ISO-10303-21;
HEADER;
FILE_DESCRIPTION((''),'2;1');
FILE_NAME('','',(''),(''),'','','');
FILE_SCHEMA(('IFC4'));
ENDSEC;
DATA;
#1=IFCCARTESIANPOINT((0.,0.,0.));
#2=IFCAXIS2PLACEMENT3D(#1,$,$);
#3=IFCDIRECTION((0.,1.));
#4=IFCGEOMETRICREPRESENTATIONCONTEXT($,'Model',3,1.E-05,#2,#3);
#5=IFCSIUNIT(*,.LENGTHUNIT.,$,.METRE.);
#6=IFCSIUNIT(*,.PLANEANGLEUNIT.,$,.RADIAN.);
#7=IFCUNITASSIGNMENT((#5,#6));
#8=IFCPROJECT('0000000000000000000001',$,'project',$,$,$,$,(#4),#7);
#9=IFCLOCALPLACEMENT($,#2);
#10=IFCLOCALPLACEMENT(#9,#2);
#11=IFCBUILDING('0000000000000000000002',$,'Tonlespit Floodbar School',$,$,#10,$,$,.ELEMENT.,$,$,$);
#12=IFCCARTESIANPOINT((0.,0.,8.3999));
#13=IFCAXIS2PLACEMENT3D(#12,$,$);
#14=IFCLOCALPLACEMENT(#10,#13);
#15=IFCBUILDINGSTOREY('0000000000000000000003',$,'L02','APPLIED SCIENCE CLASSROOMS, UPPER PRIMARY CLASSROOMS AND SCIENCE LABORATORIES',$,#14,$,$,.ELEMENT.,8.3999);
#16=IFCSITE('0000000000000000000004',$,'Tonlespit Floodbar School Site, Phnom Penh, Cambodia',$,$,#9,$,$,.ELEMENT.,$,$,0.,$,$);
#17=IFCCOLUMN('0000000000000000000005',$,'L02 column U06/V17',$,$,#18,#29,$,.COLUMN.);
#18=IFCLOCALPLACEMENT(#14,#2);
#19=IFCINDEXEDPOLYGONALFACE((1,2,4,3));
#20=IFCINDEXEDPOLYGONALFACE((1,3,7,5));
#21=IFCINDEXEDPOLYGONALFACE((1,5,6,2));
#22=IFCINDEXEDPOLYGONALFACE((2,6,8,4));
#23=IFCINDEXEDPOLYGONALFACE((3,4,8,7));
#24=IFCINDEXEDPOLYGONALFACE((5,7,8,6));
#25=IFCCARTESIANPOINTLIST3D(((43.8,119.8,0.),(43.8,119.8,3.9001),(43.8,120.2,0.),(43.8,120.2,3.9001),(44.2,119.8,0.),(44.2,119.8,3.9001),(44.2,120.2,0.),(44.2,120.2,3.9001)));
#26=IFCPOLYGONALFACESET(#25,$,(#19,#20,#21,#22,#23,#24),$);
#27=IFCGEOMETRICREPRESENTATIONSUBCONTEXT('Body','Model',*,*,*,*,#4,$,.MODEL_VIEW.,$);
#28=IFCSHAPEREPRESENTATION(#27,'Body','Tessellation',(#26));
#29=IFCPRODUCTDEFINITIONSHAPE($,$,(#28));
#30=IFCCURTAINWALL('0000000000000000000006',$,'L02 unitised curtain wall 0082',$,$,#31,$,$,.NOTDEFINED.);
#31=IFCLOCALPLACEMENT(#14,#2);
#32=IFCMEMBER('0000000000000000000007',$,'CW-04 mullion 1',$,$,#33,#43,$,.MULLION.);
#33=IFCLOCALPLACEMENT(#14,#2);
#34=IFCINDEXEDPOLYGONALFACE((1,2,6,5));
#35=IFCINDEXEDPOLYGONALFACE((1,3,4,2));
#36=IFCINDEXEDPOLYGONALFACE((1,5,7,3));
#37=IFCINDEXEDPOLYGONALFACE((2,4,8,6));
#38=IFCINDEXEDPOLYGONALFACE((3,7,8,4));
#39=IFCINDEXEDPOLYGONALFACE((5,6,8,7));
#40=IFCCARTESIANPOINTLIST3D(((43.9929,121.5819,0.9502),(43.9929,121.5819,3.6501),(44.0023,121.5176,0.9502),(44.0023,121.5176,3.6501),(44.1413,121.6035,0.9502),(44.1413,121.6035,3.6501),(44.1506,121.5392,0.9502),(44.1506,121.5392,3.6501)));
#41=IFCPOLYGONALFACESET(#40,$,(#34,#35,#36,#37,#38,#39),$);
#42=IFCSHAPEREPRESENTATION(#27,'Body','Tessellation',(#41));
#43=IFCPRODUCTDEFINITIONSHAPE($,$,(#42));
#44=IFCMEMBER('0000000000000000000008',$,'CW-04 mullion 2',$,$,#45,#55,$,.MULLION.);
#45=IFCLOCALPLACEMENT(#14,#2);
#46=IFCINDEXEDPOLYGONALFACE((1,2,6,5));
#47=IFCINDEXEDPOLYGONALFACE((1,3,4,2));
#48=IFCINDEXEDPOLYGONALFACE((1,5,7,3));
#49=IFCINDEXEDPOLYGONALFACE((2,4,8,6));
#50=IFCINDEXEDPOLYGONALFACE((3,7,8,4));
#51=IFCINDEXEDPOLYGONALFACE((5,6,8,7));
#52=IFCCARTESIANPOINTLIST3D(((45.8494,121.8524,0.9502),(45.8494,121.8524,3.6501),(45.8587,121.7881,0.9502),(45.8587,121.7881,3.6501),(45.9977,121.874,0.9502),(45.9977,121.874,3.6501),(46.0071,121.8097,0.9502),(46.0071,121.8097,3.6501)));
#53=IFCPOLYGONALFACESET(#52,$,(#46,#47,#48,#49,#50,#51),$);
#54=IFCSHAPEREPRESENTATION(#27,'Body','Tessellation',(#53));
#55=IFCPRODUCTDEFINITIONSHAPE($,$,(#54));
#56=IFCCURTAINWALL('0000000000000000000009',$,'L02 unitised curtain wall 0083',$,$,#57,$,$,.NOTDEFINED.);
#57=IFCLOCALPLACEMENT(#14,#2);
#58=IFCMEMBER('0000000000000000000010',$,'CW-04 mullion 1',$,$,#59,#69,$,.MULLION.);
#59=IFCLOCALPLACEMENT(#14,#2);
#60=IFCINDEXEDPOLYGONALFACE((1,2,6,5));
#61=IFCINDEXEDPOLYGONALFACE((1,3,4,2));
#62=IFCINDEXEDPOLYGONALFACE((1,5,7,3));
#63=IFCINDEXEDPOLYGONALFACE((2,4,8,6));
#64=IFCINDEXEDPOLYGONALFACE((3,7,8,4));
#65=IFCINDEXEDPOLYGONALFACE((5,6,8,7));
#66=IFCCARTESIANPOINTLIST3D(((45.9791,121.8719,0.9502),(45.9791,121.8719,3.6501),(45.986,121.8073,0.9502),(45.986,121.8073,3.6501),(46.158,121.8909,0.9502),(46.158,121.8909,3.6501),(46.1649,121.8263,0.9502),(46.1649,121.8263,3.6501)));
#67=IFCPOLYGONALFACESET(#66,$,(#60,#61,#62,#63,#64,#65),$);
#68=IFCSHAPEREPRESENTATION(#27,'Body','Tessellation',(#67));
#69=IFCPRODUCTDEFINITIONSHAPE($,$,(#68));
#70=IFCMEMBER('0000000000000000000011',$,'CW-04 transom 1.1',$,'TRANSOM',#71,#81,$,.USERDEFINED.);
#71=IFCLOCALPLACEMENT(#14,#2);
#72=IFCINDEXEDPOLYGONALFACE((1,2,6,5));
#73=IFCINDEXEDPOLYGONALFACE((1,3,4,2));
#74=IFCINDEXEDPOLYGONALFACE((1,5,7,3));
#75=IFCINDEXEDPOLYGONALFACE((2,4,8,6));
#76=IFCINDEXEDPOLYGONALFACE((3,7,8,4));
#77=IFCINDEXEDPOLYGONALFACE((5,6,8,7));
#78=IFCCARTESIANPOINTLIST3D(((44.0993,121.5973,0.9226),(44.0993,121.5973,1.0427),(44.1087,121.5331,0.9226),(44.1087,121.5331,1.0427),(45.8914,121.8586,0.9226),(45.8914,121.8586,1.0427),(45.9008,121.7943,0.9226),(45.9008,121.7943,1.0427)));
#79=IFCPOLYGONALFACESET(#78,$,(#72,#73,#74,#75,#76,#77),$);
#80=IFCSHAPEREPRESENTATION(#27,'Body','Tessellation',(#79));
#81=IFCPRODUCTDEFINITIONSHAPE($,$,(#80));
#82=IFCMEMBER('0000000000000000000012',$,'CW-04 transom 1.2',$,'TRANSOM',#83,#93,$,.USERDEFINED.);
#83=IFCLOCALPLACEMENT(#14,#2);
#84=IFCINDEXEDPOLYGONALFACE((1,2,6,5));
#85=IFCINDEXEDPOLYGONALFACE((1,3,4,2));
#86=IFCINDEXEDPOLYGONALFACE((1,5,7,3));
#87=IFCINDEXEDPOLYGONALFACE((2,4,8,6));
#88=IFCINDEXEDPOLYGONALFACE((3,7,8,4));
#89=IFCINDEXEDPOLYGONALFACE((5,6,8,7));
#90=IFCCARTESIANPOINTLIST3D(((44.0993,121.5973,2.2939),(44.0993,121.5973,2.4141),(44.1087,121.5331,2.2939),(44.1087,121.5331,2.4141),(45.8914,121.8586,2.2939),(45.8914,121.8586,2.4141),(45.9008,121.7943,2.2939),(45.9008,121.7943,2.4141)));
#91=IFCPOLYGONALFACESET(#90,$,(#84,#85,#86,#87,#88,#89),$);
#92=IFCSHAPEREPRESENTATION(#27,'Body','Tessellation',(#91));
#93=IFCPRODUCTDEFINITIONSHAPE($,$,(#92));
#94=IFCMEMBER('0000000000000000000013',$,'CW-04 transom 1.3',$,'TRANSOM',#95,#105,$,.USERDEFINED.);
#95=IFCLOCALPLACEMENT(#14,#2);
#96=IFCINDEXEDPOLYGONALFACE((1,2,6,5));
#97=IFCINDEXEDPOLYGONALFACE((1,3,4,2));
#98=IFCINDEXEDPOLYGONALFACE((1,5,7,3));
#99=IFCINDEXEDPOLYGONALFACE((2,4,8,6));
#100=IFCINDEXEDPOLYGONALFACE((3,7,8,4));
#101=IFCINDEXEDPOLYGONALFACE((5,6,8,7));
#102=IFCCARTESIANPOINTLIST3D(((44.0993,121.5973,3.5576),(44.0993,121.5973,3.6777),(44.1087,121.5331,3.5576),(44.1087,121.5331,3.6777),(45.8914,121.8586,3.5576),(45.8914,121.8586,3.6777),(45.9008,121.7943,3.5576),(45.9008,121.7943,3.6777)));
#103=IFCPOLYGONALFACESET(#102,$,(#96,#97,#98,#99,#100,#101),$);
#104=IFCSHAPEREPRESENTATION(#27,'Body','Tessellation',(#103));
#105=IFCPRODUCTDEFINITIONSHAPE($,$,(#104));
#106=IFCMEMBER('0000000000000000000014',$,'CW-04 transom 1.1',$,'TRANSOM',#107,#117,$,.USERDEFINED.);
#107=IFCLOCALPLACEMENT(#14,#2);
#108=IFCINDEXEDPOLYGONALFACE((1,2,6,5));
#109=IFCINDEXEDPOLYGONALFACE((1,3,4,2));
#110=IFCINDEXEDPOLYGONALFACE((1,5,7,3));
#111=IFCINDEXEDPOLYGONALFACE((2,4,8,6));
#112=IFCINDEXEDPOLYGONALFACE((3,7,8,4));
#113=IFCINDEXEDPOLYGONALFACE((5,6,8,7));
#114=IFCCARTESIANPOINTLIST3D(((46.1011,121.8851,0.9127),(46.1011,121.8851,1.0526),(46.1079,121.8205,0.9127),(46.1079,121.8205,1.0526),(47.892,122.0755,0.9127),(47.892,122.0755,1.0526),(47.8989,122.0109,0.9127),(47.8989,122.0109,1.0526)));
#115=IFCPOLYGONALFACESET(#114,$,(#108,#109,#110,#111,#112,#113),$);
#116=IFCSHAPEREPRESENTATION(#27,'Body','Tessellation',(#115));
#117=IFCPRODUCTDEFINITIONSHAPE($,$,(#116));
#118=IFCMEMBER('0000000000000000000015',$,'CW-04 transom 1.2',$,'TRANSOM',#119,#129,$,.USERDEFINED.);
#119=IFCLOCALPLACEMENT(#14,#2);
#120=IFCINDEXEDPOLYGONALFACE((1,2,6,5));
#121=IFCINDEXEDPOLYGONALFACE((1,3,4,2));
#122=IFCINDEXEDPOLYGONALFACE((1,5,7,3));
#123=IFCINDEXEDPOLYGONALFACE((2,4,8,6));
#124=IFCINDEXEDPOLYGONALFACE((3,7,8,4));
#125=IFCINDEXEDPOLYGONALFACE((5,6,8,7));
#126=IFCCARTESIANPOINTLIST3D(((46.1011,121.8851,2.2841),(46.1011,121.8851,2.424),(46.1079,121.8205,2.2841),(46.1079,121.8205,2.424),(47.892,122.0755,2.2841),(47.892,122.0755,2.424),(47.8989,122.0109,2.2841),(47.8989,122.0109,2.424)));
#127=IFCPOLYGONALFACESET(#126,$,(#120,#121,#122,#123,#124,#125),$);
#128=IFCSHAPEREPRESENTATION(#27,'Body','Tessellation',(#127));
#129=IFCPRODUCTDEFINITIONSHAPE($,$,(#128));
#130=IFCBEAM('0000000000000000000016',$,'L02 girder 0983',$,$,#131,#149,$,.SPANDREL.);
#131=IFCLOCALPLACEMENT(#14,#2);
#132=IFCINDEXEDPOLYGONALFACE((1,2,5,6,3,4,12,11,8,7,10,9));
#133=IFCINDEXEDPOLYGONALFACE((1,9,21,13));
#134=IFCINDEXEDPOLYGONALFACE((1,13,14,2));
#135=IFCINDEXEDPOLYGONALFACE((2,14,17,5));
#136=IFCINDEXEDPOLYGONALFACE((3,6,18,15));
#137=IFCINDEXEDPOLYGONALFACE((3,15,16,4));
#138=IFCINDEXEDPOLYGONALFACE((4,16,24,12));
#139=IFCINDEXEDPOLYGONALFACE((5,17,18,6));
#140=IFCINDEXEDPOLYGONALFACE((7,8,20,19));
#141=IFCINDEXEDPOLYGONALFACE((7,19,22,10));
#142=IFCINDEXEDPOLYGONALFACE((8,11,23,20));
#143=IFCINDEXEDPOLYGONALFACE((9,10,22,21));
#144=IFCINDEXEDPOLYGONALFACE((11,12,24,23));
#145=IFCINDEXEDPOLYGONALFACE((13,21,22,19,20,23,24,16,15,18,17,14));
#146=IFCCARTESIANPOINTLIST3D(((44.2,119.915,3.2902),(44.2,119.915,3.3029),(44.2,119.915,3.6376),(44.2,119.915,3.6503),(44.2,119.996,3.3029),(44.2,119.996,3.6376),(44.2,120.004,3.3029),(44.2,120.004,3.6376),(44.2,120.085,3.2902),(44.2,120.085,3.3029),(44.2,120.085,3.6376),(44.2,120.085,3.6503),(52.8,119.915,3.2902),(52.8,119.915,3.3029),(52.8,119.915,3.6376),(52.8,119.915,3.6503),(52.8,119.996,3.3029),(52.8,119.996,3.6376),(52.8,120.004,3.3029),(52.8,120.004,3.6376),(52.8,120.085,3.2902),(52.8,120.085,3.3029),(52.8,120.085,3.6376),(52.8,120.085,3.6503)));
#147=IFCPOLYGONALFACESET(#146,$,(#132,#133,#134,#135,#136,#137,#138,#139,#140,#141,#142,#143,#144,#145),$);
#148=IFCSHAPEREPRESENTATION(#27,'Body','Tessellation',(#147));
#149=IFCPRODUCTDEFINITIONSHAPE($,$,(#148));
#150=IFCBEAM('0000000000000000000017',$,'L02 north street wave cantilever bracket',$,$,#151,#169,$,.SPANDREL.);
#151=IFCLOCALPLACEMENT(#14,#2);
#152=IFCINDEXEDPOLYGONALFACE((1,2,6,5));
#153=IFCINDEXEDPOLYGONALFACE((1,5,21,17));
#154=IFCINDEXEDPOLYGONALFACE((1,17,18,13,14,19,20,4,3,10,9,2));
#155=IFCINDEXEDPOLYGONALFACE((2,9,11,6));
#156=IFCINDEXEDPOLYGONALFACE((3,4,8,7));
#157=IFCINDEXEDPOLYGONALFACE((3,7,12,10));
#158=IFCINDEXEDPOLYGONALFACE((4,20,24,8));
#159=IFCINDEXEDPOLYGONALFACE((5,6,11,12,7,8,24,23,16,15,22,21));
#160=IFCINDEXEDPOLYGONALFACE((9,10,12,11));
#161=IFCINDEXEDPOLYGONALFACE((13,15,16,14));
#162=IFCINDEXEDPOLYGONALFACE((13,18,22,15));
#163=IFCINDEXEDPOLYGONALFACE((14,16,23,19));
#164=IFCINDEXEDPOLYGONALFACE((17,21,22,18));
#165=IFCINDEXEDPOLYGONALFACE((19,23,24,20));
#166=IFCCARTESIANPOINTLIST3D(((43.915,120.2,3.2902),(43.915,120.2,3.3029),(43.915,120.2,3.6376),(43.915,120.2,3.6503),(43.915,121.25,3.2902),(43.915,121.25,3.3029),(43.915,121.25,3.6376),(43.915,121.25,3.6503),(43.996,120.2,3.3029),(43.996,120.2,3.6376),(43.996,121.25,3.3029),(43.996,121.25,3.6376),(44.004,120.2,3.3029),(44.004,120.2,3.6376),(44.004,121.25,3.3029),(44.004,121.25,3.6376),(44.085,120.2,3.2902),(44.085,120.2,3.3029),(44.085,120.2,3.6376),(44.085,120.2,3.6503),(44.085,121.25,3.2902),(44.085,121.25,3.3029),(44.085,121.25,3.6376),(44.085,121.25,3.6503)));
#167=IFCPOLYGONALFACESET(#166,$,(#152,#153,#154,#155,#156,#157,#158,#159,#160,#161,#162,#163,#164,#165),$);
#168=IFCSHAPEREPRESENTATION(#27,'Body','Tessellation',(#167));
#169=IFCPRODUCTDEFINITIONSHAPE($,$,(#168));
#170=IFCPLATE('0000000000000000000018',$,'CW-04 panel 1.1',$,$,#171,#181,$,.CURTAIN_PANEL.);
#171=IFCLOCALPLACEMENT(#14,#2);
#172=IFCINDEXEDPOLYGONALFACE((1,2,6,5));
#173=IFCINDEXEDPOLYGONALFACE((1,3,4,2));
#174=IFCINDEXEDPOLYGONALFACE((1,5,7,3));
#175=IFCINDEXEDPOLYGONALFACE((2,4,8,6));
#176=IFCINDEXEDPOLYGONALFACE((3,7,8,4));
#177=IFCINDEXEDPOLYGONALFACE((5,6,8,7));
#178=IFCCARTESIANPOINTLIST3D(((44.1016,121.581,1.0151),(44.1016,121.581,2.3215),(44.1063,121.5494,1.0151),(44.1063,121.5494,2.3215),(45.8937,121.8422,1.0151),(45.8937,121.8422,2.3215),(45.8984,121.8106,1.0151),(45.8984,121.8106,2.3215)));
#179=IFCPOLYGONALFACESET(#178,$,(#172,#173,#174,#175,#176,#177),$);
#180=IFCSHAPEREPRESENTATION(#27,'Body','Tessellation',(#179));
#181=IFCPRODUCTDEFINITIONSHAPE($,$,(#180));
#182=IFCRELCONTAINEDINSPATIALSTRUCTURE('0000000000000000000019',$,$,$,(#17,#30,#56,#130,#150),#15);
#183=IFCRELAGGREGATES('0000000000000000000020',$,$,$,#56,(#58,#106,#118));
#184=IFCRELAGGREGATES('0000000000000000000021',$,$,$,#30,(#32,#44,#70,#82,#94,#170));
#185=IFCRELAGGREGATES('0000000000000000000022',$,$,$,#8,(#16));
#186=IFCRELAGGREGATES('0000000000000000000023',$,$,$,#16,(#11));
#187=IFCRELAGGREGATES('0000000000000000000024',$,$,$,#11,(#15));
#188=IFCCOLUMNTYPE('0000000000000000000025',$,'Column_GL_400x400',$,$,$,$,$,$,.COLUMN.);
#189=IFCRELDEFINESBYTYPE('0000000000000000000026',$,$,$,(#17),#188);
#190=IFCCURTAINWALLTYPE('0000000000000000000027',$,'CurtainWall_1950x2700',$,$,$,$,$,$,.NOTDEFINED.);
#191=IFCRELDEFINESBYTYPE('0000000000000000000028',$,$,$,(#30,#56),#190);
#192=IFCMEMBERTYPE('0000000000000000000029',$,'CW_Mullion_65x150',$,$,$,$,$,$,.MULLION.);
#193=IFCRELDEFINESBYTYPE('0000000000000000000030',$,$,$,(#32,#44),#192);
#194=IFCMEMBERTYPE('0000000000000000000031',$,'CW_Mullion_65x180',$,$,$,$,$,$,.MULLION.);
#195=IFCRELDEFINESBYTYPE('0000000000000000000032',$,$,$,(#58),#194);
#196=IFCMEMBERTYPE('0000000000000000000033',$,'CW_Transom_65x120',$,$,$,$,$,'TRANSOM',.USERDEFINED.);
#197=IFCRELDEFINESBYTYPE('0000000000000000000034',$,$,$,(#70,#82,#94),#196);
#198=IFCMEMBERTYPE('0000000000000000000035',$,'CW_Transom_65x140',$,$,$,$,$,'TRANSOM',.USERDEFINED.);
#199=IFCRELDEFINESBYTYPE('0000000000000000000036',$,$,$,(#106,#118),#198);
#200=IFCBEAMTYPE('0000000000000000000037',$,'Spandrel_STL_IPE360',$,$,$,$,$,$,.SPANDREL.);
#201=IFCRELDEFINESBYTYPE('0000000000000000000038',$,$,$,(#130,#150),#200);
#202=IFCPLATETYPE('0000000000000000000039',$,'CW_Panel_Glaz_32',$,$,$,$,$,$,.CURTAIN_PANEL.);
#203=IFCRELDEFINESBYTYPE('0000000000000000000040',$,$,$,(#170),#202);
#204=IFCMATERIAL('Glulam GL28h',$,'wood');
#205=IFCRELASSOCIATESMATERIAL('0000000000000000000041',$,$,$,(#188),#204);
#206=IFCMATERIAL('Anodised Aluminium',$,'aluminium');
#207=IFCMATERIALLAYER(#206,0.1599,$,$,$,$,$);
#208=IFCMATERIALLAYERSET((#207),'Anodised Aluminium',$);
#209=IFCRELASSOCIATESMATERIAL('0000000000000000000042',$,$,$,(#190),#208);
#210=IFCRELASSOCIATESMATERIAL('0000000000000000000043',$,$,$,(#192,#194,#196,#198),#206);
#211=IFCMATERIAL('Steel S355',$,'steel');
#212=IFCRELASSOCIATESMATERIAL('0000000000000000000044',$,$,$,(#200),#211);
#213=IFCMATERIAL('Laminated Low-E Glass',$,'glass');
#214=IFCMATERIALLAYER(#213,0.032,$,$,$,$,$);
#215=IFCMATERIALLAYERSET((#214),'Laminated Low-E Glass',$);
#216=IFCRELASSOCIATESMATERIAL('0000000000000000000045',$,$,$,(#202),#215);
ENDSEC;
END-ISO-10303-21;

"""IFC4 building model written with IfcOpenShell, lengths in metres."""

from ifc_helpers import new_model, si_unit, direction, frame, origin, origin_2d, place, context, subcontext, project, spatial, rectangle, i_section, extrude, material, layer, layer_set, material_profile, profile_set, type_object, element, aggregate, save


model = new_model("IFC4")

# Units and contexts
model_context = context("Model", 3, precision=1e-05, world=origin(), true_north=direction((0.0, 1.0)))
body_context = subcontext(model_context, "Body", "Model", "MODEL_VIEW")
ifc_project = project(units=[si_unit("LENGTHUNIT", "METRE"), si_unit("PLANEANGLEUNIT", "RADIAN")], contexts=[model_context])

# Site, building, storey
site_placement = place(None, origin())
site = spatial("IfcSite", under=ifc_project, at=site_placement, Name="Tonlespit Floodbar School Site, Phnom Penh, Cambodia", CompositionType="ELEMENT", RefElevation=0.0)
building_placement = place(site_placement, origin())
building = spatial("IfcBuilding", under=site, at=building_placement, Name="Tonlespit Floodbar School", CompositionType="ELEMENT")
storey_placement = place(building_placement, frame((0.0, 0.0, 8.3999)))
storey = spatial("IfcBuildingStorey", under=building, at=storey_placement, Name="L02", Description="APPLIED SCIENCE CLASSROOMS, UPPER PRIMARY CLASSROOMS AND SCIENCE LABORATORIES", CompositionType="ELEMENT", Elevation=8.3999)

# Column
ifc_material_1 = material(Name="Glulam GL28h", Category="wood")
ifc_material_profile_1 = material_profile(ifc_material_1, rectangle(XDim=0.3999, YDim=0.3999, at=origin_2d()), Name="GL 400x400")
ifc_profile_set_1 = profile_set([ifc_material_profile_1], Name="Glulam GL28h")
column_type = type_object("IfcColumnType", Name="Column_GL_400x400", PredefinedType="COLUMN", material=ifc_profile_set_1)
column_placement = place(storey_placement, frame((44.0, 120.0, 0.0), z_axis=(0.0, 0.0, 1.0), x_axis=(1.0, 0.0, 0.0)))
element("IfcColumn", 1, at=column_placement, inside=storey, type_object=column_type, Name="L02 column U06/V17", PredefinedType="COLUMN", context=body_context, shape_type="SweptSolid", body=[
    extrude(rectangle(XDim=0.3999, YDim=0.3999, at=origin_2d()), origin(), (0.0, 0.0, 1.0), 3.9001),
])

# Curtain wall, members
ifc_material_2 = material(Name="Anodised Aluminium", Category="aluminium")
ifc_layer_1 = layer(ifc_material_2, 0.1599)
ifc_layer_set_1 = layer_set([ifc_layer_1], Name="Anodised Aluminium")
curtain_wall_type = type_object("IfcCurtainWallType", Name="CurtainWall_1950x2700", PredefinedType="NOTDEFINED", material=ifc_layer_set_1)
curtain_wall_1_placement = place(storey_placement, origin())
curtain_wall_1 = element("IfcCurtainWall", 2, at=curtain_wall_1_placement, inside=storey, type_object=curtain_wall_type, Name="L02 unitised curtain wall 0082", PredefinedType="NOTDEFINED")
ifc_material_profile_2 = material_profile(ifc_material_2, rectangle(XDim=0.0649, YDim=0.1499, at=origin_2d()), Name="ALU M65x150")
ifc_profile_set_2 = profile_set([ifc_material_profile_2], Name="Anodised Aluminium")
member_type_1 = type_object("IfcMemberType", Name="CW_Mullion_65x150", PredefinedType="MULLION", material=ifc_profile_set_2)
member_1_placement = place(storey_placement, frame((44.0718, 121.5605, 0.9502), z_axis=(0.0, 0.0, 1.0), x_axis=(-0.144248, 0.989542, 0.0)))
member_1 = element("IfcMember", 3, at=member_1_placement, type_object=member_type_1, Name="CW-04 mullion 1", PredefinedType="MULLION", context=body_context, shape_type="SweptSolid", body=[
    extrude(rectangle(XDim=0.0649, YDim=0.1499, at=origin_2d()), origin(), (0.0, 0.0, 1.0), 2.7),
])
member_2_placement = place(storey_placement, frame((45.9282, 121.8311, 0.9502), z_axis=(0.0, 0.0, 1.0), x_axis=(-0.144248, 0.989542, 0.0)))
member_2 = element("IfcMember", 4, at=member_2_placement, type_object=member_type_1, Name="CW-04 mullion 2", PredefinedType="MULLION", context=body_context, shape_type="SweptSolid", body=[
    extrude(rectangle(XDim=0.0649, YDim=0.1499, at=origin_2d()), origin(), (0.0, 0.0, 1.0), 2.7),
])

# Curtain wall, member
curtain_wall_2_placement = place(storey_placement, origin())
curtain_wall_2 = element("IfcCurtainWall", 5, at=curtain_wall_2_placement, inside=storey, type_object=curtain_wall_type, Name="L02 unitised curtain wall 0083", PredefinedType="NOTDEFINED")
ifc_material_profile_3 = material_profile(ifc_material_2, rectangle(XDim=0.0649, YDim=0.1799, at=origin_2d()), Name="ALU M65x180")
ifc_profile_set_3 = profile_set([ifc_material_profile_3], Name="Anodised Aluminium")
member_type_2 = type_object("IfcMemberType", Name="CW_Mullion_65x180", PredefinedType="MULLION", material=ifc_profile_set_3)
member_3_placement = place(storey_placement, frame((46.072, 121.8491, 0.9502), z_axis=(0.0, 0.0, 1.0), x_axis=(-0.105787, 0.994389, 0.0)))
member_3 = element("IfcMember", 6, at=member_3_placement, type_object=member_type_2, Name="CW-04 mullion 1", PredefinedType="MULLION", context=body_context, shape_type="SweptSolid", body=[
    extrude(rectangle(XDim=0.0649, YDim=0.1799, at=origin_2d()), origin(), (0.0, 0.0, 1.0), 2.7),
])

# Members
ifc_material_profile_4 = material_profile(ifc_material_2, rectangle(XDim=0.0649, YDim=0.1201, at=origin_2d()), Name="ALU T65x120")
ifc_profile_set_4 = profile_set([ifc_material_profile_4], Name="Anodised Aluminium")
member_type_3 = type_object("IfcMemberType", Name="CW_Transom_65x120", ElementType="TRANSOM", PredefinedType="USERDEFINED", material=ifc_profile_set_4)
member_4_placement = place(storey_placement, frame((44.104, 121.5652, 0.9827), z_axis=(0.989541, 0.144252, 0.0), x_axis=(-0.144252, 0.989541, 0.0)))
member_4 = element("IfcMember", 7, at=member_4_placement, type_object=member_type_3, Name="CW-04 transom 1.1", ObjectType="TRANSOM", PredefinedType="USERDEFINED", context=body_context, shape_type="SweptSolid", body=[
    extrude(rectangle(XDim=0.0649, YDim=0.1201, at=origin_2d()), origin(), (0.0, 0.0, 1.0), 1.811),
])
member_5_placement = place(storey_placement, frame((44.104, 121.5652, 2.354), z_axis=(0.989541, 0.144252, 0.0), x_axis=(-0.144252, 0.989541, 0.0)))
member_5 = element("IfcMember", 8, at=member_5_placement, type_object=member_type_3, Name="CW-04 transom 1.2", ObjectType="TRANSOM", PredefinedType="USERDEFINED", context=body_context, shape_type="SweptSolid", body=[
    extrude(rectangle(XDim=0.0649, YDim=0.1201, at=origin_2d()), origin(), (0.0, 0.0, 1.0), 1.811),
])
member_6_placement = place(storey_placement, frame((44.104, 121.5652, 3.6177), z_axis=(0.989541, 0.144252, 0.0), x_axis=(-0.144252, 0.989541, 0.0)))
member_6 = element("IfcMember", 9, at=member_6_placement, type_object=member_type_3, Name="CW-04 transom 1.3", ObjectType="TRANSOM", PredefinedType="USERDEFINED", context=body_context, shape_type="SweptSolid", body=[
    extrude(rectangle(XDim=0.0649, YDim=0.1201, at=origin_2d()), origin(), (0.0, 0.0, 1.0), 1.811),
])
ifc_material_profile_5 = material_profile(ifc_material_2, rectangle(XDim=0.0649, YDim=0.1399, at=origin_2d()), Name="ALU T65x140")
ifc_profile_set_5 = profile_set([ifc_material_profile_5], Name="Anodised Aluminium")
member_type_4 = type_object("IfcMemberType", Name="CW_Transom_65x140", ElementType="TRANSOM", PredefinedType="USERDEFINED", material=ifc_profile_set_5)
member_7_placement = place(storey_placement, frame((46.1045, 121.8528, 0.9827), z_axis=(0.994395, 0.105729, 0.0), x_axis=(-0.105729, 0.994395, 0.0)))
member_7 = element("IfcMember", 10, at=member_7_placement, type_object=member_type_4, Name="CW-04 transom 1.1", ObjectType="TRANSOM", PredefinedType="USERDEFINED", context=body_context, shape_type="SweptSolid", body=[
    extrude(rectangle(XDim=0.0649, YDim=0.1399, at=origin_2d()), origin(), (0.0, 0.0, 1.0), 1.801),
])
member_8_placement = place(storey_placement, frame((46.1045, 121.8528, 2.354), z_axis=(0.994395, 0.105729, 0.0), x_axis=(-0.105729, 0.994395, 0.0)))
member_8 = element("IfcMember", 11, at=member_8_placement, type_object=member_type_4, Name="CW-04 transom 1.2", ObjectType="TRANSOM", PredefinedType="USERDEFINED", context=body_context, shape_type="SweptSolid", body=[
    extrude(rectangle(XDim=0.0649, YDim=0.1399, at=origin_2d()), origin(), (0.0, 0.0, 1.0), 1.801),
])
aggregate(curtain_wall_2, [member_3, member_7, member_8])

# Beams
ifc_material_3 = material(Name="Steel S355", Category="steel")
ifc_material_profile_6 = material_profile(ifc_material_3, i_section(OverallWidth=0.1699, OverallDepth=0.3601, WebThickness=0.0081, FlangeThickness=0.0127, at=origin_2d()), Name="IPE 360")
ifc_profile_set_6 = profile_set([ifc_material_profile_6], Name="Steel S355")
beam_type = type_object("IfcBeamType", Name="Spandrel_STL_IPE360", PredefinedType="SPANDREL", material=ifc_profile_set_6)
beam_1_placement = place(storey_placement, frame((44.2, 120.0, 3.4702), z_axis=(1.0, 0.0, 0.0), x_axis=(0.0, 1.0, 0.0)))
element("IfcBeam", 12, at=beam_1_placement, inside=storey, type_object=beam_type, Name="L02 girder 0983", PredefinedType="SPANDREL", context=body_context, shape_type="SweptSolid", body=[
    extrude(i_section(OverallWidth=0.1699, OverallDepth=0.3601, WebThickness=0.0081, FlangeThickness=0.0127, at=origin_2d()), origin(), (0.0, 0.0, 1.0), 8.6001),
])
beam_2_placement = place(storey_placement, frame((44.0, 120.2, 3.4702), z_axis=(0.0, 1.0, 0.0), x_axis=(-1.0, 0.0, 0.0)))
element("IfcBeam", 13, at=beam_2_placement, inside=storey, type_object=beam_type, Name="L02 north street wave cantilever bracket", PredefinedType="SPANDREL", context=body_context, shape_type="SweptSolid", body=[
    extrude(i_section(OverallWidth=0.1699, OverallDepth=0.3601, WebThickness=0.0081, FlangeThickness=0.0127, at=origin_2d()), origin(), (0.0, 0.0, 1.0), 1.05),
])

# Plate
ifc_material_4 = material(Name="Laminated Low-E Glass", Category="glass")
ifc_layer_2 = layer(ifc_material_4, 0.032)
ifc_layer_set_2 = layer_set([ifc_layer_2], Name="Laminated Low-E Glass")
plate_type = type_object("IfcPlateType", Name="CW_Panel_Glaz_32", PredefinedType="CURTAIN_PANEL", material=ifc_layer_set_2)
plate_1_placement = place(storey_placement, frame((45.0, 121.6958, 1.0151), z_axis=(0.0, 0.0, 1.0), x_axis=(0.989542, 0.144248, 0.0)))
plate_1 = element("IfcPlate", 14, at=plate_1_placement, type_object=plate_type, Name="CW-04 panel 1.1", PredefinedType="CURTAIN_PANEL", context=body_context, shape_type="SweptSolid", body=[
    extrude(rectangle(XDim=1.811, YDim=0.032, at=origin_2d()), origin(), (0.0, 0.0, 1.0), 1.3064),
])
aggregate(curtain_wall_1, [member_1, member_2, member_4, member_5, member_6, plate_1])

save(model, "model.ifc")
